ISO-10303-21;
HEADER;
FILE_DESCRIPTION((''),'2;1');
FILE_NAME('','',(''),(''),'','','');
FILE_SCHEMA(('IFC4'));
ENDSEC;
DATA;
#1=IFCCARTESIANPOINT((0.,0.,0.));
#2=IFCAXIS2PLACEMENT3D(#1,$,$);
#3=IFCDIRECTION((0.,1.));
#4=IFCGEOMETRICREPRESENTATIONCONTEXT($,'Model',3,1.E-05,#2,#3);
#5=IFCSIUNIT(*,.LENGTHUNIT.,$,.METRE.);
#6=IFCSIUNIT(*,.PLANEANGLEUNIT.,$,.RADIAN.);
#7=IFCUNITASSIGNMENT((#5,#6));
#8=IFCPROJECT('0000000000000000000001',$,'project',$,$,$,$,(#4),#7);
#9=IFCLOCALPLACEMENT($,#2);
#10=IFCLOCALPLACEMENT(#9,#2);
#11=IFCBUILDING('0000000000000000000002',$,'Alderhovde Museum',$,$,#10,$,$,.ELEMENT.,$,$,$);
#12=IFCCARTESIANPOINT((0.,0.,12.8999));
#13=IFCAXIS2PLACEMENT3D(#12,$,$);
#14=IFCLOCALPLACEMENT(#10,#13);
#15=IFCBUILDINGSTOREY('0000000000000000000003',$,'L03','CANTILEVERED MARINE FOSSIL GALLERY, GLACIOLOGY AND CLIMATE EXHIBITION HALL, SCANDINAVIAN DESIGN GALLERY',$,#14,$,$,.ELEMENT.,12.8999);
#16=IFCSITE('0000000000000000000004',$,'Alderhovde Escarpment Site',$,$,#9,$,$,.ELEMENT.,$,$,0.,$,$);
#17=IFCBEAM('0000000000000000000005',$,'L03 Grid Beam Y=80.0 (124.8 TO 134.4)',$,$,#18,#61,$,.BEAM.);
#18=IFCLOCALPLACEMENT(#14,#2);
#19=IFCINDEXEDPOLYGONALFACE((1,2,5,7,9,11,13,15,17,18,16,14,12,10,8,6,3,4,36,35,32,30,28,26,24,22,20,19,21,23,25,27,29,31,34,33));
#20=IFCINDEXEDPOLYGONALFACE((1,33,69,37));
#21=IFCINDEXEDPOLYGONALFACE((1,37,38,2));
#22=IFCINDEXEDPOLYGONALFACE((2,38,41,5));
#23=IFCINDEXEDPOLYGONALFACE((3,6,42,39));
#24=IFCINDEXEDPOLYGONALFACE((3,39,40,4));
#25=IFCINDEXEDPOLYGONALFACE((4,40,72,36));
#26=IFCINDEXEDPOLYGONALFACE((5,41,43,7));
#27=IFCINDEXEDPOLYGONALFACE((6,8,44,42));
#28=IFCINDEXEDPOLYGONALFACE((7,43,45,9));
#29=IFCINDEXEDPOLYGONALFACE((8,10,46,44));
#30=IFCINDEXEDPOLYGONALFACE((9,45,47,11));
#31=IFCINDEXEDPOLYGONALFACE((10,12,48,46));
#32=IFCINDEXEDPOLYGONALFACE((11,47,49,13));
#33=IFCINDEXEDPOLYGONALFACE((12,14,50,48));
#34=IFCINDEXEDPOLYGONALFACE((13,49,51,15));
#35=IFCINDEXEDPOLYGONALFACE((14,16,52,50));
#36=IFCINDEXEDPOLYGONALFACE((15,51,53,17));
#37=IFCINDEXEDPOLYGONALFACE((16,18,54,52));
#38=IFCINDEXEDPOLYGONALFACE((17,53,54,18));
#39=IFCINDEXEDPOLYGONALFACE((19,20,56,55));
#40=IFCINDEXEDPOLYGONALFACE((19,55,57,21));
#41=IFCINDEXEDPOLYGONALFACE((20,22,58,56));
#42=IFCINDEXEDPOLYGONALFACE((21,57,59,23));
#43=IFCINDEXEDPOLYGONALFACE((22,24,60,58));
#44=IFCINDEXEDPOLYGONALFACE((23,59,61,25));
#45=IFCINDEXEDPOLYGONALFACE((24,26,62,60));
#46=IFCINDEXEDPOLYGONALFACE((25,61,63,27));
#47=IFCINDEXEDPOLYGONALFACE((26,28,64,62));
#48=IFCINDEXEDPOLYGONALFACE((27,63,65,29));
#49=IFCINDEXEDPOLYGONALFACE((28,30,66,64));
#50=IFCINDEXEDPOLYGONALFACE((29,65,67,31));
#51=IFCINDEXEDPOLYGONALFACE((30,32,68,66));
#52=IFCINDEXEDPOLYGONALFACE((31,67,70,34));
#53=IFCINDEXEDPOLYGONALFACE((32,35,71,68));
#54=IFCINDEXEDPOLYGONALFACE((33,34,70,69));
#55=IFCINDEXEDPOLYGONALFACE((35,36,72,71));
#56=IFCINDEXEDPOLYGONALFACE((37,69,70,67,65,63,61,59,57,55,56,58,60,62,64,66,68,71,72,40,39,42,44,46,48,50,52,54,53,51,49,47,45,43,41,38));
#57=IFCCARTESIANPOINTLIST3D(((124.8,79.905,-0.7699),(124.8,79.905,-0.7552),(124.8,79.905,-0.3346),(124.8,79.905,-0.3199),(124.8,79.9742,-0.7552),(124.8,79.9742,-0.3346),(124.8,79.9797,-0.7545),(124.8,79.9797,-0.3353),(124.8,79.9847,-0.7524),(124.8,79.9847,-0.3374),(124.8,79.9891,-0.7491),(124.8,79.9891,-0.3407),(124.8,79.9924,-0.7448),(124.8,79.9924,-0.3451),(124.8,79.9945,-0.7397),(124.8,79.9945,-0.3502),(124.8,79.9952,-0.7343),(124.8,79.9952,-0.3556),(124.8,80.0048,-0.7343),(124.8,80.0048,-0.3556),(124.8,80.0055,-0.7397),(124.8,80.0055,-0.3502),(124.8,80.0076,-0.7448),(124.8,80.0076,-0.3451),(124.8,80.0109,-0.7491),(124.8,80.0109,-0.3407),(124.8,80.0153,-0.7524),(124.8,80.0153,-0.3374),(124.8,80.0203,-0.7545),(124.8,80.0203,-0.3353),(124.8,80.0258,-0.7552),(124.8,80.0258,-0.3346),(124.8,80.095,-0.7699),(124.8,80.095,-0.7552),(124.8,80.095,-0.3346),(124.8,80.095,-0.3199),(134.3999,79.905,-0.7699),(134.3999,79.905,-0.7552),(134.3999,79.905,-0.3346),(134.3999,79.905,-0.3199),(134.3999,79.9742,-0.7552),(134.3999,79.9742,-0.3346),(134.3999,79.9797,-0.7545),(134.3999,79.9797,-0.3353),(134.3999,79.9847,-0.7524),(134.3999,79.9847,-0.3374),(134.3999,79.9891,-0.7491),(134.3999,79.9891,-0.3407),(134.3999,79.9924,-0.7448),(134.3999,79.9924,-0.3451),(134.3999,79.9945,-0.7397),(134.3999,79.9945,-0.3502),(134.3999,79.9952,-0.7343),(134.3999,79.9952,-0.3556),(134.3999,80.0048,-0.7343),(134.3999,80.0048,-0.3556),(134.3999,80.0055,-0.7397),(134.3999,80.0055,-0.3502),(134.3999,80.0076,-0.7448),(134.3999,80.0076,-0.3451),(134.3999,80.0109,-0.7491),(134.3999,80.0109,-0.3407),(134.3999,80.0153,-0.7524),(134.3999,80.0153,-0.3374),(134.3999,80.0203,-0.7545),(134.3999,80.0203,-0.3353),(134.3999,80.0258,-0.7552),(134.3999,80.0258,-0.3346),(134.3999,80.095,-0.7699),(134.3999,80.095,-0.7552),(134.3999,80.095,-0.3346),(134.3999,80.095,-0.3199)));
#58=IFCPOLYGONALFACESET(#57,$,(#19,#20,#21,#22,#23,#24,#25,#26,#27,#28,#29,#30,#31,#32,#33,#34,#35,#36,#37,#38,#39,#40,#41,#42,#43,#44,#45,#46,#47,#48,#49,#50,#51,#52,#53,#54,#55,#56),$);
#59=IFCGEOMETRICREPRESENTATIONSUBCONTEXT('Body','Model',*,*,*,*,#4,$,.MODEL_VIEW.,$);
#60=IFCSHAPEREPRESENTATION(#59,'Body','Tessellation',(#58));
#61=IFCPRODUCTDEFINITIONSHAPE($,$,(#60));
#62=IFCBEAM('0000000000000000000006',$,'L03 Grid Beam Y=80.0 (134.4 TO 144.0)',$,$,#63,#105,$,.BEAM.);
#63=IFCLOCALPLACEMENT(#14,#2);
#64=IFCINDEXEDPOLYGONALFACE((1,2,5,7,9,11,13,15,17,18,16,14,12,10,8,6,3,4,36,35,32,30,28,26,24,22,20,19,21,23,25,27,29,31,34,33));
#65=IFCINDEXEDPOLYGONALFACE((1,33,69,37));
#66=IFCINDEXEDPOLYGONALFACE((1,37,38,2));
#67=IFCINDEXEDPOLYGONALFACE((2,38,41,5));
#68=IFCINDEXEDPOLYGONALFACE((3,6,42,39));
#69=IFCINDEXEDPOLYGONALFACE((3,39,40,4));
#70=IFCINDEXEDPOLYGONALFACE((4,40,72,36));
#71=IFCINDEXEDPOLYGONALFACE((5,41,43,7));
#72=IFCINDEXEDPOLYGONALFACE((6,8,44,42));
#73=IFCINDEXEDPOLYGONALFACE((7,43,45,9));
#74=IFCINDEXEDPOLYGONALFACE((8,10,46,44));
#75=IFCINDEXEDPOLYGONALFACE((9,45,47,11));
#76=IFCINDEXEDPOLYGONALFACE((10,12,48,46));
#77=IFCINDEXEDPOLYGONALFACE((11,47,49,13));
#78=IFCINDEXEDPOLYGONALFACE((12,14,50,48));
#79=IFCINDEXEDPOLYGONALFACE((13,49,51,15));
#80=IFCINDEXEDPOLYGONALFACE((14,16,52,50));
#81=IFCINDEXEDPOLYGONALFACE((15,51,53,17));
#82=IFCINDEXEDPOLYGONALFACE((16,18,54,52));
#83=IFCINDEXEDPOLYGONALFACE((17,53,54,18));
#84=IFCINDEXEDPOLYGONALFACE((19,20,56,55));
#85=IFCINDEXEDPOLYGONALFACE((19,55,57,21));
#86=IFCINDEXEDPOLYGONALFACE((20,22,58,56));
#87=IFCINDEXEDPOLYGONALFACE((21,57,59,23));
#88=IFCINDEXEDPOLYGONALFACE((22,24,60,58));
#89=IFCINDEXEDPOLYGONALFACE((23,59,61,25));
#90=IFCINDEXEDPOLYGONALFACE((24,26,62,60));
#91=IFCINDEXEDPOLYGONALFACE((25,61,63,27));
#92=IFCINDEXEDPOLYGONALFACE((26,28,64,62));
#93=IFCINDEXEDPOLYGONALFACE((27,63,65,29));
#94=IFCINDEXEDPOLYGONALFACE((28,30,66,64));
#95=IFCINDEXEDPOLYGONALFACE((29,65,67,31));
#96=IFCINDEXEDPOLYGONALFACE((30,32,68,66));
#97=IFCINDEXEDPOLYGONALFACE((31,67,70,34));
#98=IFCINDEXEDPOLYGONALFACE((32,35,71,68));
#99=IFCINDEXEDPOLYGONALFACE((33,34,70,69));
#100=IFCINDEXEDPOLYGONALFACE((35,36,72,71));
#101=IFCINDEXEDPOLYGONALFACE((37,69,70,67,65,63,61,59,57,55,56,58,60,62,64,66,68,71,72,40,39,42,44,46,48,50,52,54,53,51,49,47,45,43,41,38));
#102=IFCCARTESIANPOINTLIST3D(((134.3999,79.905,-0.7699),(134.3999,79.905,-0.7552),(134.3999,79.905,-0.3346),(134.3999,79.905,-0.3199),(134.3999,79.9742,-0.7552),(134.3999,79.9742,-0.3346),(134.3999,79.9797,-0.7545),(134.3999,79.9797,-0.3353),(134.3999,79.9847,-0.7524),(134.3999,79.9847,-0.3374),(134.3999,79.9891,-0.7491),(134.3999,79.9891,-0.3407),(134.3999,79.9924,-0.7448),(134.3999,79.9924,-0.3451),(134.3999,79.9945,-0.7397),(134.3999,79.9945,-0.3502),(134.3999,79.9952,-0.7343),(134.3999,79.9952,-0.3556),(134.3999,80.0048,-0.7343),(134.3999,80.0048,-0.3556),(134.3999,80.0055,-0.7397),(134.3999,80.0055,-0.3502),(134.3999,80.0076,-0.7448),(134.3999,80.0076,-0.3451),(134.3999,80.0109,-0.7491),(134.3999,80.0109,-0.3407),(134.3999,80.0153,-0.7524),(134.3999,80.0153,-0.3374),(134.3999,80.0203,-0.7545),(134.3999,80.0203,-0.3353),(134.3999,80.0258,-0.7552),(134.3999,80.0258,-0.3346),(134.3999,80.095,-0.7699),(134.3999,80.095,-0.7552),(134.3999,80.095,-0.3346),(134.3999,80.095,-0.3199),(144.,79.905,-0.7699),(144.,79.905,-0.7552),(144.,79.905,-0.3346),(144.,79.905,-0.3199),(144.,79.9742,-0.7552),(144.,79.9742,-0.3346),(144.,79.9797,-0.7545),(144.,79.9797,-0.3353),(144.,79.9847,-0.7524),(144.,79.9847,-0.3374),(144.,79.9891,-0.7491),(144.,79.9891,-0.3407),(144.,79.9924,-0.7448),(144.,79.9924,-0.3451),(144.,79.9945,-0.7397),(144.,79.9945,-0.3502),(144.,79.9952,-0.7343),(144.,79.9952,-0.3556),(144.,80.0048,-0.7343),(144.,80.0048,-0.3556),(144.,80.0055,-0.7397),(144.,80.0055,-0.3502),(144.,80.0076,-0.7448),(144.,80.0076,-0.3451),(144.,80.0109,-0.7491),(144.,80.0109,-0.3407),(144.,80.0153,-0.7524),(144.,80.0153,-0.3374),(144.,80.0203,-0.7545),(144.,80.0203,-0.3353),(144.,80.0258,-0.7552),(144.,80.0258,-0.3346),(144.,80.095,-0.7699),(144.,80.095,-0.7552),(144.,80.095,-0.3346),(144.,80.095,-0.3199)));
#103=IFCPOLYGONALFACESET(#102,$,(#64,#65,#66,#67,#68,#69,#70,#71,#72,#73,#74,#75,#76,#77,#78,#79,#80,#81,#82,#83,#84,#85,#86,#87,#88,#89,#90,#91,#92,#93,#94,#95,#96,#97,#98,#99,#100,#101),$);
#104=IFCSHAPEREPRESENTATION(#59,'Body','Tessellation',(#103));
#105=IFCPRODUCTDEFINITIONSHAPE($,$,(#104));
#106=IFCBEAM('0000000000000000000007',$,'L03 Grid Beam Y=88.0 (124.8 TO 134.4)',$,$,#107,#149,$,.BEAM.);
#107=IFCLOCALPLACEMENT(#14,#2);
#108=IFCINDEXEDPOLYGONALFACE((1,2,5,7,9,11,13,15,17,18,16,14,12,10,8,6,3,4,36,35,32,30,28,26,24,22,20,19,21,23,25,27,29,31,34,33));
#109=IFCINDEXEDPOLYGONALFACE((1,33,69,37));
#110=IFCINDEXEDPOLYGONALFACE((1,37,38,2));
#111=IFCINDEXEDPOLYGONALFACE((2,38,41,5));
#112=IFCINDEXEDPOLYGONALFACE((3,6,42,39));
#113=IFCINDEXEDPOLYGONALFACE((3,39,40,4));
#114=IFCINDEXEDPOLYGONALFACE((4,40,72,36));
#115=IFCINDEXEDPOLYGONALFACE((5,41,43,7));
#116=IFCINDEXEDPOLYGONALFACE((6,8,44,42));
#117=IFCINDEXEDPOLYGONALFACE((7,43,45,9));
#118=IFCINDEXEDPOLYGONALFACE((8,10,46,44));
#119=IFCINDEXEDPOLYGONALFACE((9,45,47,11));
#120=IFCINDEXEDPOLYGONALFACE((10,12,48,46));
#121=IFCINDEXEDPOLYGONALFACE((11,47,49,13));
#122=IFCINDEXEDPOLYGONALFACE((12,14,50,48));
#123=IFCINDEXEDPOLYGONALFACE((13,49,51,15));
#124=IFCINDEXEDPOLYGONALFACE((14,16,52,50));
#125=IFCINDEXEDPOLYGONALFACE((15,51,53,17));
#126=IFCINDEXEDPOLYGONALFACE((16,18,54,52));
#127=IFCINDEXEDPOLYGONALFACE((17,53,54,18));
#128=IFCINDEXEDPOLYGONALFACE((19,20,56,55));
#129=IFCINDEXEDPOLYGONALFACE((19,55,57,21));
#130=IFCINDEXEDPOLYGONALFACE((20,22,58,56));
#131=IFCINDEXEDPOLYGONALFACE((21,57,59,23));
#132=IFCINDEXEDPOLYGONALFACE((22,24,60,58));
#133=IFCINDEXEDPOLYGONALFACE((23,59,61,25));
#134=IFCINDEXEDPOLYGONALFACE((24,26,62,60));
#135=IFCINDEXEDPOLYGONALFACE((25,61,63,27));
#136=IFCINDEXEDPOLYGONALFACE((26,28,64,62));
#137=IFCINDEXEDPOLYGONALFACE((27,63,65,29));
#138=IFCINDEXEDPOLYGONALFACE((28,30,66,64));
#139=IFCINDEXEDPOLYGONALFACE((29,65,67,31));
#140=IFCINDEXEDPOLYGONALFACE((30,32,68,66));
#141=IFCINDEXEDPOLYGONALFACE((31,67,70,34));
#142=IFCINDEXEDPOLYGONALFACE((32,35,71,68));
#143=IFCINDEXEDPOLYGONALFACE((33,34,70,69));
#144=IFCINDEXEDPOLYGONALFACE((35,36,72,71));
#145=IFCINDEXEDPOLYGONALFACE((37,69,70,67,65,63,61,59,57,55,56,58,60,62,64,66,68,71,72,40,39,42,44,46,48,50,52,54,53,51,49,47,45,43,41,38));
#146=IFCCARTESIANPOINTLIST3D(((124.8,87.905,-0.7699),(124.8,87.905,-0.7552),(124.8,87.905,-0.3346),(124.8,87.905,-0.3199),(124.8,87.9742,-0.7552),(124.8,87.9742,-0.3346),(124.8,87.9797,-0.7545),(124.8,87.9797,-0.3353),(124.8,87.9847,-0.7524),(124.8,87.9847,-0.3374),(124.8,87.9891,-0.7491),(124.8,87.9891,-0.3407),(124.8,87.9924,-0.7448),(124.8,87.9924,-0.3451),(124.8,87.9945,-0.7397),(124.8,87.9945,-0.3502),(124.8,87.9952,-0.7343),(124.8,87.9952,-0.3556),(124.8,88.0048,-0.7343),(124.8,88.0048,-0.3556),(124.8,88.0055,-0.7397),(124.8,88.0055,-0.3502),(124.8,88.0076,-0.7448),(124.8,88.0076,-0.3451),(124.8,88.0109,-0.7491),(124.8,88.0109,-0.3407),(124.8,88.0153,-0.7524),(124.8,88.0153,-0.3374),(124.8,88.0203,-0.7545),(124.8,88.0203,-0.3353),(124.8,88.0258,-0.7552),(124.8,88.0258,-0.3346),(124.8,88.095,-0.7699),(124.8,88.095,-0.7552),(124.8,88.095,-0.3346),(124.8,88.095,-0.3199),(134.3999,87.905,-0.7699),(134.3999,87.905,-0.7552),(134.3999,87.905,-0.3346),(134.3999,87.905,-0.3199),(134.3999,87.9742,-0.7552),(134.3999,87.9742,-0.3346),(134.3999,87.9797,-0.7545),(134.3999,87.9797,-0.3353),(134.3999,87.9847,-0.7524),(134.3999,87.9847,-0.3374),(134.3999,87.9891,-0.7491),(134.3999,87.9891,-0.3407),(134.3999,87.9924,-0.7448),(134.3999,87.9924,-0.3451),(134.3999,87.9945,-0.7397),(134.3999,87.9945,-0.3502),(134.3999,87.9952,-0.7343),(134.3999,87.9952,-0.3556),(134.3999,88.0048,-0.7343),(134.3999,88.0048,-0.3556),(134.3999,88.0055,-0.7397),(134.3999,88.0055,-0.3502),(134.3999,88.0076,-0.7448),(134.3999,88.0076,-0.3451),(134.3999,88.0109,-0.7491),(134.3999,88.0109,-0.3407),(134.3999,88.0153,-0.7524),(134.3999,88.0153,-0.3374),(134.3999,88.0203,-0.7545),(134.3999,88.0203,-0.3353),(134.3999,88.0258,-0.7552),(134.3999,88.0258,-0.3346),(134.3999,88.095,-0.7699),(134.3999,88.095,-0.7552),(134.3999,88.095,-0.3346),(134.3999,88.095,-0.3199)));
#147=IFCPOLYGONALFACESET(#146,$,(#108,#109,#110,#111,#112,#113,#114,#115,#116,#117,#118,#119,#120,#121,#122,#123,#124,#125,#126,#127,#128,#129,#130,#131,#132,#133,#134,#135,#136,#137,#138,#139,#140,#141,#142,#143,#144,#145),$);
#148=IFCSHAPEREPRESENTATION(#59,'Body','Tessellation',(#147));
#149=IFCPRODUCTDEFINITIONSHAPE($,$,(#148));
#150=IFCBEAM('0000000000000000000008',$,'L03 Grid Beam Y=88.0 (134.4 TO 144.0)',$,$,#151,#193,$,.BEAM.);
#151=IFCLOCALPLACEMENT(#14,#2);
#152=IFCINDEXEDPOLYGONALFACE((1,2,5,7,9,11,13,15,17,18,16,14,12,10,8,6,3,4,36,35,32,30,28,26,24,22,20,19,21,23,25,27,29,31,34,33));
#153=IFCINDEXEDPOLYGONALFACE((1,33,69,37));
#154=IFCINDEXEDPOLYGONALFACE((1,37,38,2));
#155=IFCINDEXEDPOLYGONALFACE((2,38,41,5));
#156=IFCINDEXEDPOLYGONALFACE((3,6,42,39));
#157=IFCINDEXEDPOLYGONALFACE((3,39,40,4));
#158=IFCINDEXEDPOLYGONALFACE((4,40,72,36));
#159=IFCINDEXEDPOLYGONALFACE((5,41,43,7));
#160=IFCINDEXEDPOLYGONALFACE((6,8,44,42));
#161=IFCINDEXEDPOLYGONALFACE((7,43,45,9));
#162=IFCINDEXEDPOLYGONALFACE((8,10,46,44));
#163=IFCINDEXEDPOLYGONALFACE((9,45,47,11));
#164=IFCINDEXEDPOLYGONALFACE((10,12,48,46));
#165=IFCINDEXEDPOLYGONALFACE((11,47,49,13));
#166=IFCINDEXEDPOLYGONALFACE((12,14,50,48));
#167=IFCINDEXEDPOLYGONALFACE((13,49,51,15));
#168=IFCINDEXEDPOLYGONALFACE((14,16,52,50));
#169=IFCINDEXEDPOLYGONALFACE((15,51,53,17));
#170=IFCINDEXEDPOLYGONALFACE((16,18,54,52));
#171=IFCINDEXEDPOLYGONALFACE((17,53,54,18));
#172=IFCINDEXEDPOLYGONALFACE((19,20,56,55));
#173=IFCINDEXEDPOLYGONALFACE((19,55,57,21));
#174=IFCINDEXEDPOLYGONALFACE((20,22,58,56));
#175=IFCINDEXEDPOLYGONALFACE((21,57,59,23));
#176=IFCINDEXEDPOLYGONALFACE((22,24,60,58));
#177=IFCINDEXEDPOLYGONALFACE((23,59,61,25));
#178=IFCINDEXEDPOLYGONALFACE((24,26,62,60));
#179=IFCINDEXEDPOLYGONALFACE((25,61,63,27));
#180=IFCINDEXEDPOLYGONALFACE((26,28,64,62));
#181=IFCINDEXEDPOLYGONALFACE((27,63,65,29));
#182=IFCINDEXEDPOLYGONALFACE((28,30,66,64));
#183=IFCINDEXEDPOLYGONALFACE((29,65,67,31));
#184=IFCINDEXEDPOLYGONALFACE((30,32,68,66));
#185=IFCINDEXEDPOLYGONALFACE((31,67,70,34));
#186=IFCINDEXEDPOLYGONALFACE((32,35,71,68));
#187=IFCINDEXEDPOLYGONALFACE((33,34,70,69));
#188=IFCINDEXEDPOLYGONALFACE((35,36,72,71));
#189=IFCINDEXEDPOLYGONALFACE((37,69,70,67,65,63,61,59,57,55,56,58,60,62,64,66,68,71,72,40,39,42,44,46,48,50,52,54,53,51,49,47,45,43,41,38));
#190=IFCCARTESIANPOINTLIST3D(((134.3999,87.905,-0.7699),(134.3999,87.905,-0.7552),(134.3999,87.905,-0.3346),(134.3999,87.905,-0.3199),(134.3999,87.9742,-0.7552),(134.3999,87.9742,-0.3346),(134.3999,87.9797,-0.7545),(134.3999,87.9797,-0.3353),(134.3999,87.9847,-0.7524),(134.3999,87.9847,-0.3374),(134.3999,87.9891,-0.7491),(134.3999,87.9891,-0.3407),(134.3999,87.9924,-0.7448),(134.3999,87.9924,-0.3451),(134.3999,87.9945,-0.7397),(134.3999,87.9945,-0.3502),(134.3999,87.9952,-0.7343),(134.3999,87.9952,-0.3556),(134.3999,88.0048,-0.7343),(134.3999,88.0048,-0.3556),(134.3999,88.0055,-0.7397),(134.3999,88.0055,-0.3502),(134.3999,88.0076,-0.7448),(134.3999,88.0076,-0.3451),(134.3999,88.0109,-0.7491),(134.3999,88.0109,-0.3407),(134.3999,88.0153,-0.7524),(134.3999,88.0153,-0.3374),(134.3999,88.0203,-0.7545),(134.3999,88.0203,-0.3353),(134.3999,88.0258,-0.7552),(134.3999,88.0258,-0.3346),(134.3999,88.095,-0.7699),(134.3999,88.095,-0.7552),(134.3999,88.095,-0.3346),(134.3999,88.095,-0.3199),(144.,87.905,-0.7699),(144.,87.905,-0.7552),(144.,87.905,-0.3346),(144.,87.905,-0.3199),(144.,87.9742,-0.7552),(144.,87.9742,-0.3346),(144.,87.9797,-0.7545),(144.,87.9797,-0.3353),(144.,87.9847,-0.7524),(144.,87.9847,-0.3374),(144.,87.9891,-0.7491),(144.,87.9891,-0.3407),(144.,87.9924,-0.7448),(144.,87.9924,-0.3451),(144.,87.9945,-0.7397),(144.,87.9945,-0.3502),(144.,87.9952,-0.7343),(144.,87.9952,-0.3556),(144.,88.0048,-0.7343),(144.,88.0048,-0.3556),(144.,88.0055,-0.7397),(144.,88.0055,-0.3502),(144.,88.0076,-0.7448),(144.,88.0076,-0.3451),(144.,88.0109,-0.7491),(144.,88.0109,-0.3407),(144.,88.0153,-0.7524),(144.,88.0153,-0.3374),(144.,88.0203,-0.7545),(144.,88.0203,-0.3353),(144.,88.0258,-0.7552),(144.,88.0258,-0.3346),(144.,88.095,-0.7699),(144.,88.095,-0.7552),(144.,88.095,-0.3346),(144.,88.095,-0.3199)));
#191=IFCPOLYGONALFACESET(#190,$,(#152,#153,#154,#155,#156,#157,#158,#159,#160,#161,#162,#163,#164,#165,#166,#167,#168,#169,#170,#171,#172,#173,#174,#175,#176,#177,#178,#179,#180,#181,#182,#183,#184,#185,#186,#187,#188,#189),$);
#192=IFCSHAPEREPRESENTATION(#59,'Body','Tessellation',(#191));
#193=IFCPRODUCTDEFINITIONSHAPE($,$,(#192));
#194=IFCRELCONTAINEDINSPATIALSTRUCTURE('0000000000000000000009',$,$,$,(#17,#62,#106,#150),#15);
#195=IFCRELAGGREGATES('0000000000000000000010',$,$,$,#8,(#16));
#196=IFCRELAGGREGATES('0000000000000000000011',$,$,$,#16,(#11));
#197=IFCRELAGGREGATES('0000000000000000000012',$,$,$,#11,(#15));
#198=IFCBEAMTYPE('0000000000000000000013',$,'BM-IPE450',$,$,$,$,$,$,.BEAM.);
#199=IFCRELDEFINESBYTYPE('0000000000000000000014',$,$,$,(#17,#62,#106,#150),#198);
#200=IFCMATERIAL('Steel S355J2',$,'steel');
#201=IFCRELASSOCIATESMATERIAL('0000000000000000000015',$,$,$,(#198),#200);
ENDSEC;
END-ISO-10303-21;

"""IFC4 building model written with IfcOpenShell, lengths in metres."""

from ifc_helpers import new_model, si_unit, direction, frame, origin, origin_2d, place, context, subcontext, project, spatial, i_section, extrude, material, material_profile, profile_set, type_object, element, save


model = new_model("IFC4")

# Units and contexts
model_context = context("Model", 3, precision=1e-05, world=origin(), true_north=direction((0.0, 1.0)))
body_context = subcontext(model_context, "Body", "Model", "MODEL_VIEW")
ifc_project = project(units=[si_unit("LENGTHUNIT", "METRE"), si_unit("PLANEANGLEUNIT", "RADIAN")], contexts=[model_context])

# Site, building, storey
site_placement = place(None, origin())
site = spatial("IfcSite", under=ifc_project, at=site_placement, Name="Alderhovde Escarpment Site", CompositionType="ELEMENT", RefElevation=0.0)
building_placement = place(site_placement, origin())
building = spatial("IfcBuilding", under=site, at=building_placement, Name="Alderhovde Museum", CompositionType="ELEMENT")
storey_placement = place(building_placement, frame((0.0, 0.0, 12.8999)))
storey = spatial("IfcBuildingStorey", under=building, at=storey_placement, Name="L03", Description="CANTILEVERED MARINE FOSSIL GALLERY, GLACIOLOGY AND CLIMATE EXHIBITION HALL, SCANDINAVIAN DESIGN GALLERY", CompositionType="ELEMENT", Elevation=12.8999)

# Beams
ifc_material_1 = material(Name="Steel S355J2", Category="steel")
ifc_material_profile_1 = material_profile(ifc_material_1, i_section(OverallWidth=0.1899, OverallDepth=0.45, WebThickness=0.0095, FlangeThickness=0.0146, FilletRadius=0.021, at=origin_2d()), Name="IPE 450")
ifc_profile_set_1 = profile_set([ifc_material_profile_1], Name="Steel S355J2")
beam_type_1 = type_object("IfcBeamType", Name="BM-IPE450", PredefinedType="BEAM", material=ifc_profile_set_1)
beam_1_placement = place(storey_placement, frame((124.8, 80.0, -0.5449), z_axis=(1.0, 0.0, 0.0), x_axis=(0.0, 1.0, 0.0)))
element("IfcBeam", 1, at=beam_1_placement, inside=storey, type_object=beam_type_1, Name="L03 Grid Beam Y=80.0 (124.8 TO 134.4)", PredefinedType="BEAM", context=body_context, shape_type="SweptSolid", body=[
    extrude(i_section(OverallWidth=0.1899, OverallDepth=0.45, WebThickness=0.0095, FlangeThickness=0.0146, FilletRadius=0.021, at=origin_2d()), origin(), (0.0, 0.0, 1.0), 9.5999),
])
beam_2_placement = place(storey_placement, frame((134.3999, 80.0, -0.5449), z_axis=(1.0, 0.0, 0.0), x_axis=(0.0, 1.0, 0.0)))
element("IfcBeam", 2, at=beam_2_placement, inside=storey, type_object=beam_type_1, Name="L03 Grid Beam Y=80.0 (134.4 TO 144.0)", PredefinedType="BEAM", context=body_context, shape_type="SweptSolid", body=[
    extrude(i_section(OverallWidth=0.1899, OverallDepth=0.45, WebThickness=0.0095, FlangeThickness=0.0146, FilletRadius=0.021, at=origin_2d()), origin(), (0.0, 0.0, 1.0), 9.6001),
])
beam_3_placement = place(storey_placement, frame((124.8, 88.0, -0.5449), z_axis=(1.0, 0.0, 0.0), x_axis=(0.0, 1.0, 0.0)))
element("IfcBeam", 3, at=beam_3_placement, inside=storey, type_object=beam_type_1, Name="L03 Grid Beam Y=88.0 (124.8 TO 134.4)", PredefinedType="BEAM", context=body_context, shape_type="SweptSolid", body=[
    extrude(i_section(OverallWidth=0.1899, OverallDepth=0.45, WebThickness=0.0095, FlangeThickness=0.0146, FilletRadius=0.021, at=origin_2d()), origin(), (0.0, 0.0, 1.0), 9.5999),
])
beam_4_placement = place(storey_placement, frame((134.3999, 88.0, -0.5449), z_axis=(1.0, 0.0, 0.0), x_axis=(0.0, 1.0, 0.0)))
element("IfcBeam", 4, at=beam_4_placement, inside=storey, type_object=beam_type_1, Name="L03 Grid Beam Y=88.0 (134.4 TO 144.0)", PredefinedType="BEAM", context=body_context, shape_type="SweptSolid", body=[
    extrude(i_section(OverallWidth=0.1899, OverallDepth=0.45, WebThickness=0.0095, FlangeThickness=0.0146, FilletRadius=0.021, at=origin_2d()), origin(), (0.0, 0.0, 1.0), 9.6001),
])

save(model, "model.ifc")
